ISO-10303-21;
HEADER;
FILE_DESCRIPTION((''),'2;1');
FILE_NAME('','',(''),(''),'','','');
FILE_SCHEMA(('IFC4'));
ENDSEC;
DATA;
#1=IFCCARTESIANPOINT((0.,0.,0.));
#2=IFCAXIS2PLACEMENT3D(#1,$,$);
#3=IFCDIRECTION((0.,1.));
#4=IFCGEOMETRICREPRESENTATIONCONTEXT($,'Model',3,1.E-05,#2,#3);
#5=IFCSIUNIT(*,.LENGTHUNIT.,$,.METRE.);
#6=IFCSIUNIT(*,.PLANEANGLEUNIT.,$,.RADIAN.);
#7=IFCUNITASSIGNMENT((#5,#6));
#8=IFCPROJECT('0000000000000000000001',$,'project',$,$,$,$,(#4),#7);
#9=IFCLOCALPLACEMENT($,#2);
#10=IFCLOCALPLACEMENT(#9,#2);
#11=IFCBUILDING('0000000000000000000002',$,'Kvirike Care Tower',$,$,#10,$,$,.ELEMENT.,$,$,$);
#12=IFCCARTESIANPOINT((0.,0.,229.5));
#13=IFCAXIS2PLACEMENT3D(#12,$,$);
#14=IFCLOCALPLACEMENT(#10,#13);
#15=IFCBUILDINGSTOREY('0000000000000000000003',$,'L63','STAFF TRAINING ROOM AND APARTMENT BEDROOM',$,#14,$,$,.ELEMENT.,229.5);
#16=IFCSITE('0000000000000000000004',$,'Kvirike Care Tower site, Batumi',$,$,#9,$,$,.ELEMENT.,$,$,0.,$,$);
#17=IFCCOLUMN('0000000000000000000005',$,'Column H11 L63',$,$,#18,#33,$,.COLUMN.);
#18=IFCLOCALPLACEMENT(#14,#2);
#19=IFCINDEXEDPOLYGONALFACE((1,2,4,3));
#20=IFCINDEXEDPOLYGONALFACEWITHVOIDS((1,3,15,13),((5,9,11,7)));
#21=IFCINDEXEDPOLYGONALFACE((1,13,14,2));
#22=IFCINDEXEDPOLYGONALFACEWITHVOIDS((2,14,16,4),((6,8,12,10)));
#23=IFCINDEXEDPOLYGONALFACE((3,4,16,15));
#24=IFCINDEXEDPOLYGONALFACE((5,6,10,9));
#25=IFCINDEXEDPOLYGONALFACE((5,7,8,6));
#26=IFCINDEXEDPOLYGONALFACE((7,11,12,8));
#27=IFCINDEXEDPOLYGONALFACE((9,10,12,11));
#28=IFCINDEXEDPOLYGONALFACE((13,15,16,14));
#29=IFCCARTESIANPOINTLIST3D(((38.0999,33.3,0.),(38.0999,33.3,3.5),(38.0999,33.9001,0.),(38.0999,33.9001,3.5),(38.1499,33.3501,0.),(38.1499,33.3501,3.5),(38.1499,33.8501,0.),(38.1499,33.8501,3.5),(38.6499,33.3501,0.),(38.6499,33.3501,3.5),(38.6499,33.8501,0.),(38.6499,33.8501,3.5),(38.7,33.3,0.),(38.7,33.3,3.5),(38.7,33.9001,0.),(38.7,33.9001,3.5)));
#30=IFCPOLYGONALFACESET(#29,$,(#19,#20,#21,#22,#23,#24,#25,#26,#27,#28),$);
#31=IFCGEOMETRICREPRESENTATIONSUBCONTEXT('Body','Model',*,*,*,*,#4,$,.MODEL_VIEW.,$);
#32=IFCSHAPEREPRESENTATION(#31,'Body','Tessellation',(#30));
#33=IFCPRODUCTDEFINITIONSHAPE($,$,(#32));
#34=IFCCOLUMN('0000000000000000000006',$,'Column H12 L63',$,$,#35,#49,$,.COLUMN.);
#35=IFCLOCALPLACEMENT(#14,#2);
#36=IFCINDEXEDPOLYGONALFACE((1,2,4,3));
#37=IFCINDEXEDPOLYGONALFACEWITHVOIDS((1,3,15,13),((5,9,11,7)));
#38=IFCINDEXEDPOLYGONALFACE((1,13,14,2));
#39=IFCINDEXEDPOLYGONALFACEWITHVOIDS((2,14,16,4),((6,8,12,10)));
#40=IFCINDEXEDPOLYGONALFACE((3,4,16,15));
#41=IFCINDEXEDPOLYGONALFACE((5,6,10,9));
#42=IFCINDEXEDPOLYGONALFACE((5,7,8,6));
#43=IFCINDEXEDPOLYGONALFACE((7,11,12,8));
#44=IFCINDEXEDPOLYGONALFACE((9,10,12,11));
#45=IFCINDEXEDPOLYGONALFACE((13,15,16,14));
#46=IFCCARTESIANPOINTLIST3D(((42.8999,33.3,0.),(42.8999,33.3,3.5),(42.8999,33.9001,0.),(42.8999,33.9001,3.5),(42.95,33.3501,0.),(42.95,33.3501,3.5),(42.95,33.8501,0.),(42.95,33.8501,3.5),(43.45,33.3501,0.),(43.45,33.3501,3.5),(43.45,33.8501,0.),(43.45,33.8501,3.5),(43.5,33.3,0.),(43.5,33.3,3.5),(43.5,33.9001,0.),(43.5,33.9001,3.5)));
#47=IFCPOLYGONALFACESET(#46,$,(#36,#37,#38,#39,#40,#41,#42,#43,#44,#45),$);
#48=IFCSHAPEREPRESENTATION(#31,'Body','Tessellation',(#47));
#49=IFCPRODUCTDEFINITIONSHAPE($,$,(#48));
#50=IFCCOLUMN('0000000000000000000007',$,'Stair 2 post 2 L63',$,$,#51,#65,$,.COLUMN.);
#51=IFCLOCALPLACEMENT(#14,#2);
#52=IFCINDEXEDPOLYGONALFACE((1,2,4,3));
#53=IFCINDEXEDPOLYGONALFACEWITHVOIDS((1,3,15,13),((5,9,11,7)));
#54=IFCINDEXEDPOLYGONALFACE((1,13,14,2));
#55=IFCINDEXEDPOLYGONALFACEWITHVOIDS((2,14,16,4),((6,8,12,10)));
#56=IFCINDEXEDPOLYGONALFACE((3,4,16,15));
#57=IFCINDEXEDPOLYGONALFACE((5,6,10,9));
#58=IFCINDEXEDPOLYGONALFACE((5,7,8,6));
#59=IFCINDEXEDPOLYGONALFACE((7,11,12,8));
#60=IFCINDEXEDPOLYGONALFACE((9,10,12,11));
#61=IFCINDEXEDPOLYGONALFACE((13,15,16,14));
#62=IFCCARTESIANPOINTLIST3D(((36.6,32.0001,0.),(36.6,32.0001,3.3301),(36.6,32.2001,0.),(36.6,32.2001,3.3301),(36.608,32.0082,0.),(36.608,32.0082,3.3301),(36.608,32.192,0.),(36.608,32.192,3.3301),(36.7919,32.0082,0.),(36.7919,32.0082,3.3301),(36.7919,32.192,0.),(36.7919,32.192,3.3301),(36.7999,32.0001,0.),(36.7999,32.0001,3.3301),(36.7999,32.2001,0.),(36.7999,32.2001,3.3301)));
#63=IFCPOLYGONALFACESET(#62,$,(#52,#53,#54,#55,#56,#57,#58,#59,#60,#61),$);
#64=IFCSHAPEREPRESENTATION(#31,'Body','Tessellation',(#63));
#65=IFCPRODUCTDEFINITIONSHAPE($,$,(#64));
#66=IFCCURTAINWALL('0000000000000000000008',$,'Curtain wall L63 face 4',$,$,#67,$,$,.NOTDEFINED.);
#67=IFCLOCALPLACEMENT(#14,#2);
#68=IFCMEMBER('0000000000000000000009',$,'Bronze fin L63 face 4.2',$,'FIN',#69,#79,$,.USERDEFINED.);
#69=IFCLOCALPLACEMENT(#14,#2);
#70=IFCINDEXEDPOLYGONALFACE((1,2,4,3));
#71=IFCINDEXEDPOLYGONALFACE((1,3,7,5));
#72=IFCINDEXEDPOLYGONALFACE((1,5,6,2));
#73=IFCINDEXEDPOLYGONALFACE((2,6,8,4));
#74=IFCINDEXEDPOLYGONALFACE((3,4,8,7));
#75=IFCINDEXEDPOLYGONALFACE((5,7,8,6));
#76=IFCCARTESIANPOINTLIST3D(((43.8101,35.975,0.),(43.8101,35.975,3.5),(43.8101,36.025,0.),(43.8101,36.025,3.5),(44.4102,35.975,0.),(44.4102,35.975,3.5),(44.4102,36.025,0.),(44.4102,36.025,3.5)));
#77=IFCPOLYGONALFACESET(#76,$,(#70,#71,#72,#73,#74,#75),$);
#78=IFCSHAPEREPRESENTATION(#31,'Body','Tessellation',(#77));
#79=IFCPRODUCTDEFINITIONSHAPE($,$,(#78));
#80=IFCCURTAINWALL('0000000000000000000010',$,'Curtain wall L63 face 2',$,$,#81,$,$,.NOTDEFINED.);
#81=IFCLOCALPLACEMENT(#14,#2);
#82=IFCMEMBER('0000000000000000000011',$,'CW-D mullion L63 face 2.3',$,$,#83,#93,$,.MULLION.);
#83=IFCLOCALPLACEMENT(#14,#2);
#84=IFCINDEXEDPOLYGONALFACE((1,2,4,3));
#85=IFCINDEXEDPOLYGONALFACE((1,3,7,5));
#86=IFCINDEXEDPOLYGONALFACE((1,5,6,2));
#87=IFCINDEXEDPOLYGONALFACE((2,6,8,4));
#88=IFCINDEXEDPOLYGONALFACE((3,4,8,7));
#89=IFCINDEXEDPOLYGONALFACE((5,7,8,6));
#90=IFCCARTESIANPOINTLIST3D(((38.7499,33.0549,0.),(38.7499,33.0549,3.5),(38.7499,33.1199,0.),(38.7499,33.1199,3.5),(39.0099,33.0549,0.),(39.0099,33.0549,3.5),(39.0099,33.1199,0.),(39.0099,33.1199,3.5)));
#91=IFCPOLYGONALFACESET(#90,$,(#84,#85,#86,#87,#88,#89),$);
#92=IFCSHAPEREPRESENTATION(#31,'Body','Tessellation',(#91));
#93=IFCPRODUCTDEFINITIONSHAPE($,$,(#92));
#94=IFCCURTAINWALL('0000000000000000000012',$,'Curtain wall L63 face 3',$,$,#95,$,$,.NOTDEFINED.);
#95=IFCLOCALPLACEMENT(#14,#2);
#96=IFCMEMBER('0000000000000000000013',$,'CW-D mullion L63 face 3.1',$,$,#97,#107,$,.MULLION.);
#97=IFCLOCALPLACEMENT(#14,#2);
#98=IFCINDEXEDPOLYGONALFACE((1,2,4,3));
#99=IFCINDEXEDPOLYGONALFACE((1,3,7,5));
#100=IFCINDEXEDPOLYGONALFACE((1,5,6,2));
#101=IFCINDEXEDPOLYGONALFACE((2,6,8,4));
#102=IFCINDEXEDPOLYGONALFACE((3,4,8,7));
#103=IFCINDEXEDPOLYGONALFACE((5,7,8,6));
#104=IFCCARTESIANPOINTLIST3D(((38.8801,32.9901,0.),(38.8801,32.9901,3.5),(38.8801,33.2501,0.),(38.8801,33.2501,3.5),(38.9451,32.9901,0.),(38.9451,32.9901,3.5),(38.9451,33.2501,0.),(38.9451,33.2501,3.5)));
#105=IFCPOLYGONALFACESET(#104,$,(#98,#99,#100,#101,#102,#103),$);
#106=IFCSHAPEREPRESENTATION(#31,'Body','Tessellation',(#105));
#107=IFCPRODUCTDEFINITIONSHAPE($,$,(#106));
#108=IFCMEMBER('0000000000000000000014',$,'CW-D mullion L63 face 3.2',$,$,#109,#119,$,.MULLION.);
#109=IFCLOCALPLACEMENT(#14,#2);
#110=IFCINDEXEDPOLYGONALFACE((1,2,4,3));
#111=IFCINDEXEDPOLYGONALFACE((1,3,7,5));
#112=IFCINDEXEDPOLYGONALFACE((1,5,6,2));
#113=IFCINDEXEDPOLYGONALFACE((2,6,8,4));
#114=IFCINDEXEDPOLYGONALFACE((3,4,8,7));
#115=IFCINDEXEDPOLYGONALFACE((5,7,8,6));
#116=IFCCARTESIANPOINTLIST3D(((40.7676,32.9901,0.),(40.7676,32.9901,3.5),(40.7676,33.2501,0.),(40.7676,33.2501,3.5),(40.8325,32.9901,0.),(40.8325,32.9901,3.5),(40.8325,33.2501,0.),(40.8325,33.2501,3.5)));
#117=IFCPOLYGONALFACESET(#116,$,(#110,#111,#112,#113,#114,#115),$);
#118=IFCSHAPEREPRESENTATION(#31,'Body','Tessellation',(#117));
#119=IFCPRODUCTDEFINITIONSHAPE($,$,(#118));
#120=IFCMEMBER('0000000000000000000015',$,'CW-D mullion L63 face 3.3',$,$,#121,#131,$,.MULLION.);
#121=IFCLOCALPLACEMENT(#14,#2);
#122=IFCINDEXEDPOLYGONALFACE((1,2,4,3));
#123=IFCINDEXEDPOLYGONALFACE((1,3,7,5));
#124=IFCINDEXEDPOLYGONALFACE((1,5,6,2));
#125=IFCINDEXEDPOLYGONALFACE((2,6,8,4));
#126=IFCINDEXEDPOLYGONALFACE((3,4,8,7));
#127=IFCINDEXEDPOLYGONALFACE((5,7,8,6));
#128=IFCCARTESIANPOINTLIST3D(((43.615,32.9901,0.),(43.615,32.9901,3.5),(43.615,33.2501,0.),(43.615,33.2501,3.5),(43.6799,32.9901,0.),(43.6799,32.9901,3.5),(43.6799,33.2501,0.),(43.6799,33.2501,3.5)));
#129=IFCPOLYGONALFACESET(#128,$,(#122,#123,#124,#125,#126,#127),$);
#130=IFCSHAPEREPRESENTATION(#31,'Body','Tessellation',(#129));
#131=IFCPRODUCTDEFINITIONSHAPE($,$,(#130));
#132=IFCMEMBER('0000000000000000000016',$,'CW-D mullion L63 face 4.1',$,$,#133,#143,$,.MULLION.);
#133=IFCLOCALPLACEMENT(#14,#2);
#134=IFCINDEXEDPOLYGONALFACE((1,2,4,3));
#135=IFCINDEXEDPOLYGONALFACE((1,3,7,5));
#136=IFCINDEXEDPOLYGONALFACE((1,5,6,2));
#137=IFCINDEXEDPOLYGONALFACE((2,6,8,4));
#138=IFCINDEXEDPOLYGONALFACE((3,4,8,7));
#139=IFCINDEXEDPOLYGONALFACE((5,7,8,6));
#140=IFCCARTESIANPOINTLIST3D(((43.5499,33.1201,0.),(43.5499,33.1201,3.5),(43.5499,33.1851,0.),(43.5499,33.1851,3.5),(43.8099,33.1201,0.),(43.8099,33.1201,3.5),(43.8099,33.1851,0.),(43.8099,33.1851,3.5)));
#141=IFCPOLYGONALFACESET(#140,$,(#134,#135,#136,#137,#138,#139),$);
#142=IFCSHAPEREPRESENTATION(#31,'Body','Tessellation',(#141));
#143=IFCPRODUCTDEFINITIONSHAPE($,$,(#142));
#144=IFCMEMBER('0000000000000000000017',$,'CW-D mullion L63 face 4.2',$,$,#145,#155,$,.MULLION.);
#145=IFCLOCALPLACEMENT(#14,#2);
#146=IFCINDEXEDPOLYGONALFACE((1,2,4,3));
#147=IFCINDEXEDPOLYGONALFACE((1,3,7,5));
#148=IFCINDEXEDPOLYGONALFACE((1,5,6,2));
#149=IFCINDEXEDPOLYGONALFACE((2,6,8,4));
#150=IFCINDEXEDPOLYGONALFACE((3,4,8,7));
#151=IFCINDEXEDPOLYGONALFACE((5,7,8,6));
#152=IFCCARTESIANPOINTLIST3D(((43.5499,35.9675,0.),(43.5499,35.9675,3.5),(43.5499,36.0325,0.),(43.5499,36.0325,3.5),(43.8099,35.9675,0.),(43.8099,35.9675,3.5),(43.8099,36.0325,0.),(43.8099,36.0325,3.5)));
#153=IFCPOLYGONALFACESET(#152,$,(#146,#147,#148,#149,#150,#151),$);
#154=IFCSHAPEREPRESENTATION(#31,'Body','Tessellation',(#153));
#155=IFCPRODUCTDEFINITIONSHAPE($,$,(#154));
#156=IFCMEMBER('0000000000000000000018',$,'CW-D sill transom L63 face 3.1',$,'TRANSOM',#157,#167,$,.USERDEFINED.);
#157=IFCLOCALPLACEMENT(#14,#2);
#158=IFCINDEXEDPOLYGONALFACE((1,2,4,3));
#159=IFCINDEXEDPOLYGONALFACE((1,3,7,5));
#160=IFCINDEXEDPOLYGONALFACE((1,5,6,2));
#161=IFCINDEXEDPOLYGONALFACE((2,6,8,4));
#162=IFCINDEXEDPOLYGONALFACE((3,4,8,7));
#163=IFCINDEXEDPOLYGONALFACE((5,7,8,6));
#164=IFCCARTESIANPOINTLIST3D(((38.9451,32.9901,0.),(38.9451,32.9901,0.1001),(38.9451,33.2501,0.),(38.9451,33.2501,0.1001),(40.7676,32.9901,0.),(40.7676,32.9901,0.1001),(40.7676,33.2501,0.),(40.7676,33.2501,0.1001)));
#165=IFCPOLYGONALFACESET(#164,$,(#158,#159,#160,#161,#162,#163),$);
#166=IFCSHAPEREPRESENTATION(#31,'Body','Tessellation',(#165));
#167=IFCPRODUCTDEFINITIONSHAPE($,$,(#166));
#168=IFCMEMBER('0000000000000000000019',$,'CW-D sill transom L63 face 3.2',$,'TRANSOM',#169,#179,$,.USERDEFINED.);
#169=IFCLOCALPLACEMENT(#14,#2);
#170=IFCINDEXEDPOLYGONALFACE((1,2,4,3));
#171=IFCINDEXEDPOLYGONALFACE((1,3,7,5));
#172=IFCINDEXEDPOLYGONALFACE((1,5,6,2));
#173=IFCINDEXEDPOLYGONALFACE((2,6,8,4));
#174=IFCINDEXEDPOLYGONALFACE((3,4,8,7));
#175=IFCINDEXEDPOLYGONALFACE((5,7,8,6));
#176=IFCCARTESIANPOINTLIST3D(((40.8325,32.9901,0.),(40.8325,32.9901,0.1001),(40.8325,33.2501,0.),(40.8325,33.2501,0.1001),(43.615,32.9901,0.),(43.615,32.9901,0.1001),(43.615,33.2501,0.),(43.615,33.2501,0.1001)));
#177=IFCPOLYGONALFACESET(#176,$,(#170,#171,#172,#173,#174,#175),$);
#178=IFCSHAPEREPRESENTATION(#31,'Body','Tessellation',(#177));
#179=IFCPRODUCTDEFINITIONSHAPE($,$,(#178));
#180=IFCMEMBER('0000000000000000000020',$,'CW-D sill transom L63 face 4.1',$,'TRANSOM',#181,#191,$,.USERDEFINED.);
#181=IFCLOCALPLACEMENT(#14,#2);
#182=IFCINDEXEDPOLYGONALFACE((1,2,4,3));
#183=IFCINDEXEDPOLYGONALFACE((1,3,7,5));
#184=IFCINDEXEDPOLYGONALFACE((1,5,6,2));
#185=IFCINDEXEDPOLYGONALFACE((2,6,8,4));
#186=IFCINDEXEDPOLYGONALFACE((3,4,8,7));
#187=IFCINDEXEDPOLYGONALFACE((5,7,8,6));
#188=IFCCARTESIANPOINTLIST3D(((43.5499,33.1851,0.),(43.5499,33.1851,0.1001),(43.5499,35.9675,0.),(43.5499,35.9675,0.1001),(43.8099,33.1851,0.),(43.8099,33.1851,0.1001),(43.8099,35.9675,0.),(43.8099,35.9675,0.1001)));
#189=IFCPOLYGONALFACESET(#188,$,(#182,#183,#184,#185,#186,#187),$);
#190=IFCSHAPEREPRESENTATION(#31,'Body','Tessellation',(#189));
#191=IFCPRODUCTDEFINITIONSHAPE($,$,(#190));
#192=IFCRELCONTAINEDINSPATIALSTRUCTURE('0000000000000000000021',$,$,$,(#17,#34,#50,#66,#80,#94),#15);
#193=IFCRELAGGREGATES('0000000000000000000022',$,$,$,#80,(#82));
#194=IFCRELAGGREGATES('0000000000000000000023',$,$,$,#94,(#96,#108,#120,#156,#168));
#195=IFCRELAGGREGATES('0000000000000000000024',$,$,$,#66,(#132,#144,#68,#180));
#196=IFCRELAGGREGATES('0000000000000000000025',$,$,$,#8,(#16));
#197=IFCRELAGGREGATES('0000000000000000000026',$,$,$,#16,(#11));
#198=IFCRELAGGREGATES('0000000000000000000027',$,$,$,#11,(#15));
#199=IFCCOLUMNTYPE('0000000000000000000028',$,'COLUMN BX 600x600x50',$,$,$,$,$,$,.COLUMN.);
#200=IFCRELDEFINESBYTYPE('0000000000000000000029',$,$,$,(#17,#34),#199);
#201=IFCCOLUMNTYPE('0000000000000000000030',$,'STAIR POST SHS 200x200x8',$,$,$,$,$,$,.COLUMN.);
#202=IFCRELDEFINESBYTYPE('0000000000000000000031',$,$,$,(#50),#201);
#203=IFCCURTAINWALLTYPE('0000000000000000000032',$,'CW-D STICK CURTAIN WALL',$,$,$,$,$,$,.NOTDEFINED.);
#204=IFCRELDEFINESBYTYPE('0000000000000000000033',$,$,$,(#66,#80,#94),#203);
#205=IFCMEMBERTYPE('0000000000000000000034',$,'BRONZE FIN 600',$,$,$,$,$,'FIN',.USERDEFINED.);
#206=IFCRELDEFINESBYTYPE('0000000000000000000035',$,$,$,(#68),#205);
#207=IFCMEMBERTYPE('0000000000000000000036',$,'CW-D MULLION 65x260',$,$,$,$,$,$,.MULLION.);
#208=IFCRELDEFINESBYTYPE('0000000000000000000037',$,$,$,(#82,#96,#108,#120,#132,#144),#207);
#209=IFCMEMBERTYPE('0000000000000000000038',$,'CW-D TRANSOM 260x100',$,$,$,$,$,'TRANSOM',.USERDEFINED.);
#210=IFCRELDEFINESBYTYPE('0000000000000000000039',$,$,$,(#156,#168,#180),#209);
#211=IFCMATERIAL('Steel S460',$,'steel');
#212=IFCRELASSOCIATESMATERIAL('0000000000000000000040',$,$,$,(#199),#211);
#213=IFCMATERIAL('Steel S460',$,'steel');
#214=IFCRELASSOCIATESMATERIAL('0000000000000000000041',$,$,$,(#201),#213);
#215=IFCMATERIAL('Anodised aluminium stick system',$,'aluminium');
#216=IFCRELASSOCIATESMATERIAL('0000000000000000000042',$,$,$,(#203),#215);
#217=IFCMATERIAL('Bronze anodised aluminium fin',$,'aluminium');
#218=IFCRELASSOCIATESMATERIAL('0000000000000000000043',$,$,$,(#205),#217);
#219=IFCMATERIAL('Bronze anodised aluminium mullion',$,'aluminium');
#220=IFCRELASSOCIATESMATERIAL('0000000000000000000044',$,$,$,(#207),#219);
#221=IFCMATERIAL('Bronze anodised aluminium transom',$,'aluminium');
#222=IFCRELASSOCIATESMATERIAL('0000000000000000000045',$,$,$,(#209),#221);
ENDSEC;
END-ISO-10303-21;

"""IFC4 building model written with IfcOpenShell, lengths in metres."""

from ifc_helpers import new_model, si_unit, direction, frame, origin, origin_2d, place, context, subcontext, project, spatial, rectangle, hollow_rectangle, extrude, material, material_profile, profile_set, type_object, element, aggregate, save


model = new_model("IFC4")

# Units and contexts
model_context = context("Model", 3, precision=1e-05, world=origin(), true_north=direction((0.0, 1.0)))
body_context = subcontext(model_context, "Body", "Model", "MODEL_VIEW")
ifc_project = project(units=[si_unit("LENGTHUNIT", "METRE"), si_unit("PLANEANGLEUNIT", "RADIAN")], contexts=[model_context])

# Site, building, storey
site_placement = place(None, origin())
site = spatial("IfcSite", under=ifc_project, at=site_placement, Name="Kvirike Care Tower site, Batumi", CompositionType="ELEMENT", RefElevation=0.0)
building_placement = place(site_placement, origin())
building = spatial("IfcBuilding", under=site, at=building_placement, Name="Kvirike Care Tower", CompositionType="ELEMENT")
storey_placement = place(building_placement, frame((0.0, 0.0, 229.5)))
storey = spatial("IfcBuildingStorey", under=building, at=storey_placement, Name="L63", Description="STAFF TRAINING ROOM AND APARTMENT BEDROOM", CompositionType="ELEMENT", Elevation=229.5)

# Columns
ifc_material_1 = material(Name="Steel S460", Category="steel")
ifc_material_profile_1 = material_profile(ifc_material_1, hollow_rectangle(XDim=0.6001, YDim=0.6001, WallThickness=0.05, at=origin_2d()), Name="BX 600x600x50")
ifc_profile_set_1 = profile_set([ifc_material_profile_1], Name="Steel S460")
column_type_1 = type_object("IfcColumnType", Name="COLUMN BX 600x600x50", PredefinedType="COLUMN", material=ifc_profile_set_1)
for number, where, z_axis, x_axis, name in (
    (1, (38.3999, 33.6001, 0.0), (0.0, 0.0, 1.0), (0.0, 1.0, 0.0), "Column H11 L63"),
    (2, (43.2, 33.6001, 0.0), (0.0, 0.0, 1.0), (0.0, 1.0, 0.0), "Column H12 L63"),
):
    element("IfcColumn", number, at=place(storey_placement, frame(where, z_axis=z_axis, x_axis=x_axis)), inside=storey, type_object=column_type_1, Name=name, PredefinedType="COLUMN", context=body_context, shape_type="SweptSolid", body=[
        extrude(hollow_rectangle(XDim=0.6001, YDim=0.6001, WallThickness=0.05, at=origin_2d()), origin(), (0.0, 0.0, 1.0), 3.5),
    ])
ifc_material_2 = material(Name="Steel S460", Category="steel")
ifc_material_profile_2 = material_profile(ifc_material_2, hollow_rectangle(XDim=0.2, YDim=0.2, WallThickness=0.0081, at=origin_2d()), Name="SHS 200x200x8")
ifc_profile_set_2 = profile_set([ifc_material_profile_2], Name="Steel S460")
column_type_2 = type_object("IfcColumnType", Name="STAIR POST SHS 200x200x8", PredefinedType="COLUMN", material=ifc_profile_set_2)
column_placement = place(storey_placement, frame((36.7, 32.1001, 0.0), z_axis=(0.0, 0.0, 1.0), x_axis=(1.0, 0.0, 0.0)))
element("IfcColumn", 3, at=column_placement, inside=storey, type_object=column_type_2, Name="Stair 2 post 2 L63", PredefinedType="COLUMN", context=body_context, shape_type="SweptSolid", body=[
    extrude(hollow_rectangle(XDim=0.2, YDim=0.2, WallThickness=0.0081, at=origin_2d()), origin(), (0.0, 0.0, 1.0), 3.3301),
])

# Curtain walls, members
ifc_material_3 = material(Name="Anodised aluminium stick system", Category="aluminium")
curtain_wall_type = type_object("IfcCurtainWallType", Name="CW-D STICK CURTAIN WALL", PredefinedType="NOTDEFINED", material=ifc_material_3)
curtain_wall_1_placement = place(storey_placement, origin())
curtain_wall_1 = element("IfcCurtainWall", 4, at=curtain_wall_1_placement, inside=storey, type_object=curtain_wall_type, Name="Curtain wall L63 face 4", PredefinedType="NOTDEFINED")
ifc_material_4 = material(Name="Bronze anodised aluminium fin", Category="aluminium")
ifc_material_profile_3 = material_profile(ifc_material_4, rectangle(XDim=0.05, YDim=0.6001, at=origin_2d()), Name="BRONZE FIN 600")
ifc_profile_set_3 = profile_set([ifc_material_profile_3], Name="Bronze anodised aluminium fin")
member_type_1 = type_object("IfcMemberType", Name="BRONZE FIN 600", ElementType="FIN", PredefinedType="USERDEFINED", material=ifc_profile_set_3)
member_1_placement = place(storey_placement, frame((44.1101, 36.0, 0.0), z_axis=(0.0, 0.0, 1.0), x_axis=(0.0, 1.0, 0.0)))
member_1 = element("IfcMember", 5, at=member_1_placement, type_object=member_type_1, Name="Bronze fin L63 face 4.2", ObjectType="FIN", PredefinedType="USERDEFINED", context=body_context, shape_type="SweptSolid", body=[
    extrude(rectangle(XDim=0.05, YDim=0.6001, at=origin_2d()), origin(), (0.0, 0.0, 1.0), 3.5),
])
curtain_wall_2_placement = place(storey_placement, origin())
curtain_wall_2 = element("IfcCurtainWall", 6, at=curtain_wall_2_placement, inside=storey, type_object=curtain_wall_type, Name="Curtain wall L63 face 2", PredefinedType="NOTDEFINED")
ifc_material_5 = material(Name="Bronze anodised aluminium mullion", Category="aluminium")
ifc_material_profile_4 = material_profile(ifc_material_5, rectangle(XDim=0.0649, YDim=0.26, at=origin_2d()), Name="CW-D MULLION 65x260")
ifc_profile_set_4 = profile_set([ifc_material_profile_4], Name="Bronze anodised aluminium mullion")
member_type_2 = type_object("IfcMemberType", Name="CW-D MULLION 65x260", PredefinedType="MULLION", material=ifc_profile_set_4)
member_2_placement = place(storey_placement, frame((38.8799, 33.0874, 0.0), z_axis=(0.0, 0.0, 1.0), x_axis=(0.0, 1.0, 0.0)))
member_2 = element("IfcMember", 7, at=member_2_placement, type_object=member_type_2, Name="CW-D mullion L63 face 2.3", PredefinedType="MULLION", context=body_context, shape_type="SweptSolid", body=[
    extrude(rectangle(XDim=0.0649, YDim=0.26, at=origin_2d()), origin(), (0.0, 0.0, 1.0), 3.5),
])

# Curtain wall, members
curtain_wall_3_placement = place(storey_placement, origin())
curtain_wall_3 = element("IfcCurtainWall", 8, at=curtain_wall_3_placement, inside=storey, type_object=curtain_wall_type, Name="Curtain wall L63 face 3", PredefinedType="NOTDEFINED")
member_3_placement = place(storey_placement, frame((38.9126, 33.1201, 0.0), z_axis=(0.0, 0.0, 1.0), x_axis=(1.0, 0.0, 0.0)))
member_3 = element("IfcMember", 9, at=member_3_placement, type_object=member_type_2, Name="CW-D mullion L63 face 3.1", PredefinedType="MULLION", context=body_context, shape_type="SweptSolid", body=[
    extrude(rectangle(XDim=0.0649, YDim=0.26, at=origin_2d()), origin(), (0.0, 0.0, 1.0), 3.5),
])
member_4_placement = place(storey_placement, frame((40.8, 33.1201, 0.0), z_axis=(0.0, 0.0, 1.0), x_axis=(1.0, 0.0, 0.0)))
member_4 = element("IfcMember", 10, at=member_4_placement, type_object=member_type_2, Name="CW-D mullion L63 face 3.2", PredefinedType="MULLION", context=body_context, shape_type="SweptSolid", body=[
    extrude(rectangle(XDim=0.0649, YDim=0.26, at=origin_2d()), origin(), (0.0, 0.0, 1.0), 3.5),
])
member_5_placement = place(storey_placement, frame((43.6475, 33.1201, 0.0), z_axis=(0.0, 0.0, 1.0), x_axis=(1.0, 0.0, 0.0)))
member_5 = element("IfcMember", 11, at=member_5_placement, type_object=member_type_2, Name="CW-D mullion L63 face 3.3", PredefinedType="MULLION", context=body_context, shape_type="SweptSolid", body=[
    extrude(rectangle(XDim=0.0649, YDim=0.26, at=origin_2d()), origin(), (0.0, 0.0, 1.0), 3.5),
])

# Members
member_6_placement = place(storey_placement, frame((43.6799, 33.1526, 0.0), z_axis=(0.0, 0.0, 1.0), x_axis=(0.0, 1.0, 0.0)))
member_6 = element("IfcMember", 12, at=member_6_placement, type_object=member_type_2, Name="CW-D mullion L63 face 4.1", PredefinedType="MULLION", context=body_context, shape_type="SweptSolid", body=[
    extrude(rectangle(XDim=0.0649, YDim=0.26, at=origin_2d()), origin(), (0.0, 0.0, 1.0), 3.5),
])
member_7_placement = place(storey_placement, frame((43.6799, 36.0, 0.0), z_axis=(0.0, 0.0, 1.0), x_axis=(0.0, 1.0, 0.0)))
member_7 = element("IfcMember", 13, at=member_7_placement, type_object=member_type_2, Name="CW-D mullion L63 face 4.2", PredefinedType="MULLION", context=body_context, shape_type="SweptSolid", body=[
    extrude(rectangle(XDim=0.0649, YDim=0.26, at=origin_2d()), origin(), (0.0, 0.0, 1.0), 3.5),
])
ifc_material_6 = material(Name="Bronze anodised aluminium transom", Category="aluminium")
ifc_material_profile_5 = material_profile(ifc_material_6, rectangle(XDim=0.26, YDim=0.1001, at=origin_2d()), Name="CW-D TRANSOM 260x100")
ifc_profile_set_5 = profile_set([ifc_material_profile_5], Name="Bronze anodised aluminium transom")
member_type_3 = type_object("IfcMemberType", Name="CW-D TRANSOM 260x100", ElementType="TRANSOM", PredefinedType="USERDEFINED", material=ifc_profile_set_5)
member_8_placement = place(storey_placement, frame((38.9451, 33.1201, 0.05), z_axis=(1.0, 0.0, 0.0), x_axis=(0.0, 1.0, 0.0)))
member_8 = element("IfcMember", 14, at=member_8_placement, type_object=member_type_3, Name="CW-D sill transom L63 face 3.1", ObjectType="TRANSOM", PredefinedType="USERDEFINED", context=body_context, shape_type="SweptSolid", body=[
    extrude(rectangle(XDim=0.26, YDim=0.1001, at=origin_2d()), origin(), (0.0, 0.0, 1.0), 1.8225),
])
member_9_placement = place(storey_placement, frame((40.8325, 33.1201, 0.05), z_axis=(1.0, 0.0, 0.0), x_axis=(0.0, 1.0, 0.0)))
member_9 = element("IfcMember", 15, at=member_9_placement, type_object=member_type_3, Name="CW-D sill transom L63 face 3.2", ObjectType="TRANSOM", PredefinedType="USERDEFINED", context=body_context, shape_type="SweptSolid", body=[
    extrude(rectangle(XDim=0.26, YDim=0.1001, at=origin_2d()), origin(), (0.0, 0.0, 1.0), 2.7825),
])
member_10_placement = place(storey_placement, frame((43.6799, 33.1851, 0.05), z_axis=(0.0, 1.0, 0.0), x_axis=(-1.0, 0.0, 0.0)))
member_10 = element("IfcMember", 16, at=member_10_placement, type_object=member_type_3, Name="CW-D sill transom L63 face 4.1", ObjectType="TRANSOM", PredefinedType="USERDEFINED", context=body_context, shape_type="SweptSolid", body=[
    extrude(rectangle(XDim=0.26, YDim=0.1001, at=origin_2d()), origin(), (0.0, 0.0, 1.0), 2.7825),
])

aggregate(curtain_wall_2, [member_2])
aggregate(curtain_wall_3, [member_3, member_4, member_5, member_8, member_9])
aggregate(curtain_wall_1, [member_6, member_7, member_1, member_10])

save(model, "model.ifc")
